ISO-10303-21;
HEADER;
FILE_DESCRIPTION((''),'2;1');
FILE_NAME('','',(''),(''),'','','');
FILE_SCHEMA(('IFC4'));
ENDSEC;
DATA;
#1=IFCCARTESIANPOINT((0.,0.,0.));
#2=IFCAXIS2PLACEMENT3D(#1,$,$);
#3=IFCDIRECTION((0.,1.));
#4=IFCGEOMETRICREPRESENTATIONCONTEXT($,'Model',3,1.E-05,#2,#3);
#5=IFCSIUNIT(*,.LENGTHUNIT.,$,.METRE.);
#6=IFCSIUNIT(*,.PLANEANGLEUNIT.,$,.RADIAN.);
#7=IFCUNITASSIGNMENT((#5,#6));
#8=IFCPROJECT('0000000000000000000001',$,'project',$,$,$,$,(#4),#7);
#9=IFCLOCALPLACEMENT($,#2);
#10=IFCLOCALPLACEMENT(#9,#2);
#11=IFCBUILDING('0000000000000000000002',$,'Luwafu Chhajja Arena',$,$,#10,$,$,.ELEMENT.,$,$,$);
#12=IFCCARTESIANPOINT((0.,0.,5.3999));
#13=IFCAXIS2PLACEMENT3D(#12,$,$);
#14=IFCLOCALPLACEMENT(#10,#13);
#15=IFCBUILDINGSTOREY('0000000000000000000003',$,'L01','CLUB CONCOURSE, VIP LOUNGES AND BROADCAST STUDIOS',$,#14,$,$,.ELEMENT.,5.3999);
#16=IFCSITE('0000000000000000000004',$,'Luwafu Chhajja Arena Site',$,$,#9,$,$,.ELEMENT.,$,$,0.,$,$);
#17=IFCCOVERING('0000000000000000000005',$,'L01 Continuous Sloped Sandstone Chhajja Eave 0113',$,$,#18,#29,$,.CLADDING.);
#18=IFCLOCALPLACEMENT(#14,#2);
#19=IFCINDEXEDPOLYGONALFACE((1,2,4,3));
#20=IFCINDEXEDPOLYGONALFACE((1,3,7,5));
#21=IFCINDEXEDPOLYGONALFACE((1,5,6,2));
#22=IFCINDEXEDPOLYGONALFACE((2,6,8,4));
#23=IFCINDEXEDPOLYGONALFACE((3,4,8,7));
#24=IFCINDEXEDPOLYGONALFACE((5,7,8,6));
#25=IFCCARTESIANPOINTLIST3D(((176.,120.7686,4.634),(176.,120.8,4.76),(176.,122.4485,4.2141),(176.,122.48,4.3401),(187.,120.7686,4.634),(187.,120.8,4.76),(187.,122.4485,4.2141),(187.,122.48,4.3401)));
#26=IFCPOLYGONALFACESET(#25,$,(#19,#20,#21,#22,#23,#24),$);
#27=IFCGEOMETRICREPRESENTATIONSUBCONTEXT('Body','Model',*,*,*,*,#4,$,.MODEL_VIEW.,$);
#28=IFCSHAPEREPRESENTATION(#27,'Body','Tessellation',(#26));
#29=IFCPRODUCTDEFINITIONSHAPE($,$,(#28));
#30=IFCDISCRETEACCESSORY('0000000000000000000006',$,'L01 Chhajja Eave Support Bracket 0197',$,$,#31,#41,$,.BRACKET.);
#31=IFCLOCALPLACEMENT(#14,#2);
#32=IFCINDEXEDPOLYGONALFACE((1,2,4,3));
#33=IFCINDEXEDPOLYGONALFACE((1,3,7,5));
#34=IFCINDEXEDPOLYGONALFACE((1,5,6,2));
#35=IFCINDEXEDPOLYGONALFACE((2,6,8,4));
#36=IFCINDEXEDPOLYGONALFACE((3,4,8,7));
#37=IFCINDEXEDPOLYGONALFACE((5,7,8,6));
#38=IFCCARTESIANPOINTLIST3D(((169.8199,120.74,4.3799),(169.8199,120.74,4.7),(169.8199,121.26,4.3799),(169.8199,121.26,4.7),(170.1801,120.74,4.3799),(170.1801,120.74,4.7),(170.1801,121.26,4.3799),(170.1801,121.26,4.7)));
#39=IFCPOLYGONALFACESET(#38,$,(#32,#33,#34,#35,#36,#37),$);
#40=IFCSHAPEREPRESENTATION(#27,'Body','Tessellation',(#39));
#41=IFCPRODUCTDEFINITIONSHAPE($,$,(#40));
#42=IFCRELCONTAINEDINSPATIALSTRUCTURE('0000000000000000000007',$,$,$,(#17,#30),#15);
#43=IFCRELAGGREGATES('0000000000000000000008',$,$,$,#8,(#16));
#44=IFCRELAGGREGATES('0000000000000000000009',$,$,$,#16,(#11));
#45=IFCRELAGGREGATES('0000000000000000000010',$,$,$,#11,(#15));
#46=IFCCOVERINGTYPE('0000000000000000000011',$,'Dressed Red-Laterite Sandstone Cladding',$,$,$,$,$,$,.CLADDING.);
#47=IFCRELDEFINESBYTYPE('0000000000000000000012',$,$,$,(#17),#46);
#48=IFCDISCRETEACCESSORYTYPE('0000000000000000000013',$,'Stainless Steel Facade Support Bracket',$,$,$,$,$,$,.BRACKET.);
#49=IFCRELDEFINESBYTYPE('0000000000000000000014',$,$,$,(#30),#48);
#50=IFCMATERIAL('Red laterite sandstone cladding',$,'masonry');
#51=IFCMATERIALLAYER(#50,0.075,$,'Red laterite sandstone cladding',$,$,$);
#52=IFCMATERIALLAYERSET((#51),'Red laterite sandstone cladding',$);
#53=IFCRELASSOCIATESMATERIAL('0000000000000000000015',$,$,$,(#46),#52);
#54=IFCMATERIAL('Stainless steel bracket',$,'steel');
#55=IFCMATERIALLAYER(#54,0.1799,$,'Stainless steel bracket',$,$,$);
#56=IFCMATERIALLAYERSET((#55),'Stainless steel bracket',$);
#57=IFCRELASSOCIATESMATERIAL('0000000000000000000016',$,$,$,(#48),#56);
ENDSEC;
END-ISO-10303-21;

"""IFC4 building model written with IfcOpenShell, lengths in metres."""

from ifc_helpers import new_model, si_unit, direction, frame, origin, origin_2d, place, context, subcontext, project, spatial, polyline, rectangle, outline, extrude, material, layer, layer_set, type_object, element, save


model = new_model("IFC4")

# Units and contexts
model_context = context("Model", 3, precision=1e-05, world=origin(), true_north=direction((0.0, 1.0)))
body_context = subcontext(model_context, "Body", "Model", "MODEL_VIEW")
ifc_project = project(units=[si_unit("LENGTHUNIT", "METRE"), si_unit("PLANEANGLEUNIT", "RADIAN")], contexts=[model_context])

# Site, building, storey
site_placement = place(None, origin())
site = spatial("IfcSite", under=ifc_project, at=site_placement, Name="Luwafu Chhajja Arena Site", CompositionType="ELEMENT", RefElevation=0.0)
building_placement = place(site_placement, origin())
building = spatial("IfcBuilding", under=site, at=building_placement, Name="Luwafu Chhajja Arena", CompositionType="ELEMENT")
storey_placement = place(building_placement, frame((0.0, 0.0, 5.3999)))
storey = spatial("IfcBuildingStorey", under=building, at=storey_placement, Name="L01", Description="CLUB CONCOURSE, VIP LOUNGES AND BROADCAST STUDIOS", CompositionType="ELEMENT", Elevation=5.3999)

# Covering
ifc_material_1 = material(Name="Red laterite sandstone cladding", Category="masonry")
ifc_layer_1 = layer(ifc_material_1, 0.075, Name="Red laterite sandstone cladding")
ifc_layer_set_1 = layer_set([ifc_layer_1], Name="Red laterite sandstone cladding")
covering_type = type_object("IfcCoveringType", Name="Dressed Red-Laterite Sandstone Cladding", PredefinedType="CLADDING", material=ifc_layer_set_1)
covering_placement = place(storey_placement, frame((176.0, 120.8, 4.76), z_axis=(0.0, 0.242502, 0.970151), x_axis=(1.0, 0.0, 0.0)))
element("IfcCovering", 1, at=covering_placement, inside=storey, type_object=covering_type, Name="L01 Continuous Sloped Sandstone Chhajja Eave 0113", PredefinedType="CLADDING", context=body_context, shape_type="SweptSolid", body=[
    extrude(outline(polyline([(0.0, 0.0), (11.0, 0.0), (11.0, 1.7316), (0.0, 1.7316), (0.0, 0.0)])), origin(), (0.0, 0.0, -1.0), 0.1299),
])

# Discrete accessory
ifc_material_2 = material(Name="Stainless steel bracket", Category="steel")
ifc_layer_2 = layer(ifc_material_2, 0.1799, Name="Stainless steel bracket")
ifc_layer_set_2 = layer_set([ifc_layer_2], Name="Stainless steel bracket")
discrete_accessory_type = type_object("IfcDiscreteAccessoryType", Name="Stainless Steel Facade Support Bracket", PredefinedType="BRACKET", material=ifc_layer_set_2)
discrete_accessory_placement = place(storey_placement, frame((170.0, 121.0, 4.3799), z_axis=(0.0, 0.0, 1.0), x_axis=(1.0, 0.0, 0.0)))
element("IfcDiscreteAccessory", 2, at=discrete_accessory_placement, inside=storey, type_object=discrete_accessory_type, Name="L01 Chhajja Eave Support Bracket 0197", PredefinedType="BRACKET", context=body_context, shape_type="SweptSolid", body=[
    extrude(rectangle(XDim=0.3601, YDim=0.52, at=origin_2d()), origin(), (0.0, 0.0, 1.0), 0.3201),
])

save(model, "model.ifc")
